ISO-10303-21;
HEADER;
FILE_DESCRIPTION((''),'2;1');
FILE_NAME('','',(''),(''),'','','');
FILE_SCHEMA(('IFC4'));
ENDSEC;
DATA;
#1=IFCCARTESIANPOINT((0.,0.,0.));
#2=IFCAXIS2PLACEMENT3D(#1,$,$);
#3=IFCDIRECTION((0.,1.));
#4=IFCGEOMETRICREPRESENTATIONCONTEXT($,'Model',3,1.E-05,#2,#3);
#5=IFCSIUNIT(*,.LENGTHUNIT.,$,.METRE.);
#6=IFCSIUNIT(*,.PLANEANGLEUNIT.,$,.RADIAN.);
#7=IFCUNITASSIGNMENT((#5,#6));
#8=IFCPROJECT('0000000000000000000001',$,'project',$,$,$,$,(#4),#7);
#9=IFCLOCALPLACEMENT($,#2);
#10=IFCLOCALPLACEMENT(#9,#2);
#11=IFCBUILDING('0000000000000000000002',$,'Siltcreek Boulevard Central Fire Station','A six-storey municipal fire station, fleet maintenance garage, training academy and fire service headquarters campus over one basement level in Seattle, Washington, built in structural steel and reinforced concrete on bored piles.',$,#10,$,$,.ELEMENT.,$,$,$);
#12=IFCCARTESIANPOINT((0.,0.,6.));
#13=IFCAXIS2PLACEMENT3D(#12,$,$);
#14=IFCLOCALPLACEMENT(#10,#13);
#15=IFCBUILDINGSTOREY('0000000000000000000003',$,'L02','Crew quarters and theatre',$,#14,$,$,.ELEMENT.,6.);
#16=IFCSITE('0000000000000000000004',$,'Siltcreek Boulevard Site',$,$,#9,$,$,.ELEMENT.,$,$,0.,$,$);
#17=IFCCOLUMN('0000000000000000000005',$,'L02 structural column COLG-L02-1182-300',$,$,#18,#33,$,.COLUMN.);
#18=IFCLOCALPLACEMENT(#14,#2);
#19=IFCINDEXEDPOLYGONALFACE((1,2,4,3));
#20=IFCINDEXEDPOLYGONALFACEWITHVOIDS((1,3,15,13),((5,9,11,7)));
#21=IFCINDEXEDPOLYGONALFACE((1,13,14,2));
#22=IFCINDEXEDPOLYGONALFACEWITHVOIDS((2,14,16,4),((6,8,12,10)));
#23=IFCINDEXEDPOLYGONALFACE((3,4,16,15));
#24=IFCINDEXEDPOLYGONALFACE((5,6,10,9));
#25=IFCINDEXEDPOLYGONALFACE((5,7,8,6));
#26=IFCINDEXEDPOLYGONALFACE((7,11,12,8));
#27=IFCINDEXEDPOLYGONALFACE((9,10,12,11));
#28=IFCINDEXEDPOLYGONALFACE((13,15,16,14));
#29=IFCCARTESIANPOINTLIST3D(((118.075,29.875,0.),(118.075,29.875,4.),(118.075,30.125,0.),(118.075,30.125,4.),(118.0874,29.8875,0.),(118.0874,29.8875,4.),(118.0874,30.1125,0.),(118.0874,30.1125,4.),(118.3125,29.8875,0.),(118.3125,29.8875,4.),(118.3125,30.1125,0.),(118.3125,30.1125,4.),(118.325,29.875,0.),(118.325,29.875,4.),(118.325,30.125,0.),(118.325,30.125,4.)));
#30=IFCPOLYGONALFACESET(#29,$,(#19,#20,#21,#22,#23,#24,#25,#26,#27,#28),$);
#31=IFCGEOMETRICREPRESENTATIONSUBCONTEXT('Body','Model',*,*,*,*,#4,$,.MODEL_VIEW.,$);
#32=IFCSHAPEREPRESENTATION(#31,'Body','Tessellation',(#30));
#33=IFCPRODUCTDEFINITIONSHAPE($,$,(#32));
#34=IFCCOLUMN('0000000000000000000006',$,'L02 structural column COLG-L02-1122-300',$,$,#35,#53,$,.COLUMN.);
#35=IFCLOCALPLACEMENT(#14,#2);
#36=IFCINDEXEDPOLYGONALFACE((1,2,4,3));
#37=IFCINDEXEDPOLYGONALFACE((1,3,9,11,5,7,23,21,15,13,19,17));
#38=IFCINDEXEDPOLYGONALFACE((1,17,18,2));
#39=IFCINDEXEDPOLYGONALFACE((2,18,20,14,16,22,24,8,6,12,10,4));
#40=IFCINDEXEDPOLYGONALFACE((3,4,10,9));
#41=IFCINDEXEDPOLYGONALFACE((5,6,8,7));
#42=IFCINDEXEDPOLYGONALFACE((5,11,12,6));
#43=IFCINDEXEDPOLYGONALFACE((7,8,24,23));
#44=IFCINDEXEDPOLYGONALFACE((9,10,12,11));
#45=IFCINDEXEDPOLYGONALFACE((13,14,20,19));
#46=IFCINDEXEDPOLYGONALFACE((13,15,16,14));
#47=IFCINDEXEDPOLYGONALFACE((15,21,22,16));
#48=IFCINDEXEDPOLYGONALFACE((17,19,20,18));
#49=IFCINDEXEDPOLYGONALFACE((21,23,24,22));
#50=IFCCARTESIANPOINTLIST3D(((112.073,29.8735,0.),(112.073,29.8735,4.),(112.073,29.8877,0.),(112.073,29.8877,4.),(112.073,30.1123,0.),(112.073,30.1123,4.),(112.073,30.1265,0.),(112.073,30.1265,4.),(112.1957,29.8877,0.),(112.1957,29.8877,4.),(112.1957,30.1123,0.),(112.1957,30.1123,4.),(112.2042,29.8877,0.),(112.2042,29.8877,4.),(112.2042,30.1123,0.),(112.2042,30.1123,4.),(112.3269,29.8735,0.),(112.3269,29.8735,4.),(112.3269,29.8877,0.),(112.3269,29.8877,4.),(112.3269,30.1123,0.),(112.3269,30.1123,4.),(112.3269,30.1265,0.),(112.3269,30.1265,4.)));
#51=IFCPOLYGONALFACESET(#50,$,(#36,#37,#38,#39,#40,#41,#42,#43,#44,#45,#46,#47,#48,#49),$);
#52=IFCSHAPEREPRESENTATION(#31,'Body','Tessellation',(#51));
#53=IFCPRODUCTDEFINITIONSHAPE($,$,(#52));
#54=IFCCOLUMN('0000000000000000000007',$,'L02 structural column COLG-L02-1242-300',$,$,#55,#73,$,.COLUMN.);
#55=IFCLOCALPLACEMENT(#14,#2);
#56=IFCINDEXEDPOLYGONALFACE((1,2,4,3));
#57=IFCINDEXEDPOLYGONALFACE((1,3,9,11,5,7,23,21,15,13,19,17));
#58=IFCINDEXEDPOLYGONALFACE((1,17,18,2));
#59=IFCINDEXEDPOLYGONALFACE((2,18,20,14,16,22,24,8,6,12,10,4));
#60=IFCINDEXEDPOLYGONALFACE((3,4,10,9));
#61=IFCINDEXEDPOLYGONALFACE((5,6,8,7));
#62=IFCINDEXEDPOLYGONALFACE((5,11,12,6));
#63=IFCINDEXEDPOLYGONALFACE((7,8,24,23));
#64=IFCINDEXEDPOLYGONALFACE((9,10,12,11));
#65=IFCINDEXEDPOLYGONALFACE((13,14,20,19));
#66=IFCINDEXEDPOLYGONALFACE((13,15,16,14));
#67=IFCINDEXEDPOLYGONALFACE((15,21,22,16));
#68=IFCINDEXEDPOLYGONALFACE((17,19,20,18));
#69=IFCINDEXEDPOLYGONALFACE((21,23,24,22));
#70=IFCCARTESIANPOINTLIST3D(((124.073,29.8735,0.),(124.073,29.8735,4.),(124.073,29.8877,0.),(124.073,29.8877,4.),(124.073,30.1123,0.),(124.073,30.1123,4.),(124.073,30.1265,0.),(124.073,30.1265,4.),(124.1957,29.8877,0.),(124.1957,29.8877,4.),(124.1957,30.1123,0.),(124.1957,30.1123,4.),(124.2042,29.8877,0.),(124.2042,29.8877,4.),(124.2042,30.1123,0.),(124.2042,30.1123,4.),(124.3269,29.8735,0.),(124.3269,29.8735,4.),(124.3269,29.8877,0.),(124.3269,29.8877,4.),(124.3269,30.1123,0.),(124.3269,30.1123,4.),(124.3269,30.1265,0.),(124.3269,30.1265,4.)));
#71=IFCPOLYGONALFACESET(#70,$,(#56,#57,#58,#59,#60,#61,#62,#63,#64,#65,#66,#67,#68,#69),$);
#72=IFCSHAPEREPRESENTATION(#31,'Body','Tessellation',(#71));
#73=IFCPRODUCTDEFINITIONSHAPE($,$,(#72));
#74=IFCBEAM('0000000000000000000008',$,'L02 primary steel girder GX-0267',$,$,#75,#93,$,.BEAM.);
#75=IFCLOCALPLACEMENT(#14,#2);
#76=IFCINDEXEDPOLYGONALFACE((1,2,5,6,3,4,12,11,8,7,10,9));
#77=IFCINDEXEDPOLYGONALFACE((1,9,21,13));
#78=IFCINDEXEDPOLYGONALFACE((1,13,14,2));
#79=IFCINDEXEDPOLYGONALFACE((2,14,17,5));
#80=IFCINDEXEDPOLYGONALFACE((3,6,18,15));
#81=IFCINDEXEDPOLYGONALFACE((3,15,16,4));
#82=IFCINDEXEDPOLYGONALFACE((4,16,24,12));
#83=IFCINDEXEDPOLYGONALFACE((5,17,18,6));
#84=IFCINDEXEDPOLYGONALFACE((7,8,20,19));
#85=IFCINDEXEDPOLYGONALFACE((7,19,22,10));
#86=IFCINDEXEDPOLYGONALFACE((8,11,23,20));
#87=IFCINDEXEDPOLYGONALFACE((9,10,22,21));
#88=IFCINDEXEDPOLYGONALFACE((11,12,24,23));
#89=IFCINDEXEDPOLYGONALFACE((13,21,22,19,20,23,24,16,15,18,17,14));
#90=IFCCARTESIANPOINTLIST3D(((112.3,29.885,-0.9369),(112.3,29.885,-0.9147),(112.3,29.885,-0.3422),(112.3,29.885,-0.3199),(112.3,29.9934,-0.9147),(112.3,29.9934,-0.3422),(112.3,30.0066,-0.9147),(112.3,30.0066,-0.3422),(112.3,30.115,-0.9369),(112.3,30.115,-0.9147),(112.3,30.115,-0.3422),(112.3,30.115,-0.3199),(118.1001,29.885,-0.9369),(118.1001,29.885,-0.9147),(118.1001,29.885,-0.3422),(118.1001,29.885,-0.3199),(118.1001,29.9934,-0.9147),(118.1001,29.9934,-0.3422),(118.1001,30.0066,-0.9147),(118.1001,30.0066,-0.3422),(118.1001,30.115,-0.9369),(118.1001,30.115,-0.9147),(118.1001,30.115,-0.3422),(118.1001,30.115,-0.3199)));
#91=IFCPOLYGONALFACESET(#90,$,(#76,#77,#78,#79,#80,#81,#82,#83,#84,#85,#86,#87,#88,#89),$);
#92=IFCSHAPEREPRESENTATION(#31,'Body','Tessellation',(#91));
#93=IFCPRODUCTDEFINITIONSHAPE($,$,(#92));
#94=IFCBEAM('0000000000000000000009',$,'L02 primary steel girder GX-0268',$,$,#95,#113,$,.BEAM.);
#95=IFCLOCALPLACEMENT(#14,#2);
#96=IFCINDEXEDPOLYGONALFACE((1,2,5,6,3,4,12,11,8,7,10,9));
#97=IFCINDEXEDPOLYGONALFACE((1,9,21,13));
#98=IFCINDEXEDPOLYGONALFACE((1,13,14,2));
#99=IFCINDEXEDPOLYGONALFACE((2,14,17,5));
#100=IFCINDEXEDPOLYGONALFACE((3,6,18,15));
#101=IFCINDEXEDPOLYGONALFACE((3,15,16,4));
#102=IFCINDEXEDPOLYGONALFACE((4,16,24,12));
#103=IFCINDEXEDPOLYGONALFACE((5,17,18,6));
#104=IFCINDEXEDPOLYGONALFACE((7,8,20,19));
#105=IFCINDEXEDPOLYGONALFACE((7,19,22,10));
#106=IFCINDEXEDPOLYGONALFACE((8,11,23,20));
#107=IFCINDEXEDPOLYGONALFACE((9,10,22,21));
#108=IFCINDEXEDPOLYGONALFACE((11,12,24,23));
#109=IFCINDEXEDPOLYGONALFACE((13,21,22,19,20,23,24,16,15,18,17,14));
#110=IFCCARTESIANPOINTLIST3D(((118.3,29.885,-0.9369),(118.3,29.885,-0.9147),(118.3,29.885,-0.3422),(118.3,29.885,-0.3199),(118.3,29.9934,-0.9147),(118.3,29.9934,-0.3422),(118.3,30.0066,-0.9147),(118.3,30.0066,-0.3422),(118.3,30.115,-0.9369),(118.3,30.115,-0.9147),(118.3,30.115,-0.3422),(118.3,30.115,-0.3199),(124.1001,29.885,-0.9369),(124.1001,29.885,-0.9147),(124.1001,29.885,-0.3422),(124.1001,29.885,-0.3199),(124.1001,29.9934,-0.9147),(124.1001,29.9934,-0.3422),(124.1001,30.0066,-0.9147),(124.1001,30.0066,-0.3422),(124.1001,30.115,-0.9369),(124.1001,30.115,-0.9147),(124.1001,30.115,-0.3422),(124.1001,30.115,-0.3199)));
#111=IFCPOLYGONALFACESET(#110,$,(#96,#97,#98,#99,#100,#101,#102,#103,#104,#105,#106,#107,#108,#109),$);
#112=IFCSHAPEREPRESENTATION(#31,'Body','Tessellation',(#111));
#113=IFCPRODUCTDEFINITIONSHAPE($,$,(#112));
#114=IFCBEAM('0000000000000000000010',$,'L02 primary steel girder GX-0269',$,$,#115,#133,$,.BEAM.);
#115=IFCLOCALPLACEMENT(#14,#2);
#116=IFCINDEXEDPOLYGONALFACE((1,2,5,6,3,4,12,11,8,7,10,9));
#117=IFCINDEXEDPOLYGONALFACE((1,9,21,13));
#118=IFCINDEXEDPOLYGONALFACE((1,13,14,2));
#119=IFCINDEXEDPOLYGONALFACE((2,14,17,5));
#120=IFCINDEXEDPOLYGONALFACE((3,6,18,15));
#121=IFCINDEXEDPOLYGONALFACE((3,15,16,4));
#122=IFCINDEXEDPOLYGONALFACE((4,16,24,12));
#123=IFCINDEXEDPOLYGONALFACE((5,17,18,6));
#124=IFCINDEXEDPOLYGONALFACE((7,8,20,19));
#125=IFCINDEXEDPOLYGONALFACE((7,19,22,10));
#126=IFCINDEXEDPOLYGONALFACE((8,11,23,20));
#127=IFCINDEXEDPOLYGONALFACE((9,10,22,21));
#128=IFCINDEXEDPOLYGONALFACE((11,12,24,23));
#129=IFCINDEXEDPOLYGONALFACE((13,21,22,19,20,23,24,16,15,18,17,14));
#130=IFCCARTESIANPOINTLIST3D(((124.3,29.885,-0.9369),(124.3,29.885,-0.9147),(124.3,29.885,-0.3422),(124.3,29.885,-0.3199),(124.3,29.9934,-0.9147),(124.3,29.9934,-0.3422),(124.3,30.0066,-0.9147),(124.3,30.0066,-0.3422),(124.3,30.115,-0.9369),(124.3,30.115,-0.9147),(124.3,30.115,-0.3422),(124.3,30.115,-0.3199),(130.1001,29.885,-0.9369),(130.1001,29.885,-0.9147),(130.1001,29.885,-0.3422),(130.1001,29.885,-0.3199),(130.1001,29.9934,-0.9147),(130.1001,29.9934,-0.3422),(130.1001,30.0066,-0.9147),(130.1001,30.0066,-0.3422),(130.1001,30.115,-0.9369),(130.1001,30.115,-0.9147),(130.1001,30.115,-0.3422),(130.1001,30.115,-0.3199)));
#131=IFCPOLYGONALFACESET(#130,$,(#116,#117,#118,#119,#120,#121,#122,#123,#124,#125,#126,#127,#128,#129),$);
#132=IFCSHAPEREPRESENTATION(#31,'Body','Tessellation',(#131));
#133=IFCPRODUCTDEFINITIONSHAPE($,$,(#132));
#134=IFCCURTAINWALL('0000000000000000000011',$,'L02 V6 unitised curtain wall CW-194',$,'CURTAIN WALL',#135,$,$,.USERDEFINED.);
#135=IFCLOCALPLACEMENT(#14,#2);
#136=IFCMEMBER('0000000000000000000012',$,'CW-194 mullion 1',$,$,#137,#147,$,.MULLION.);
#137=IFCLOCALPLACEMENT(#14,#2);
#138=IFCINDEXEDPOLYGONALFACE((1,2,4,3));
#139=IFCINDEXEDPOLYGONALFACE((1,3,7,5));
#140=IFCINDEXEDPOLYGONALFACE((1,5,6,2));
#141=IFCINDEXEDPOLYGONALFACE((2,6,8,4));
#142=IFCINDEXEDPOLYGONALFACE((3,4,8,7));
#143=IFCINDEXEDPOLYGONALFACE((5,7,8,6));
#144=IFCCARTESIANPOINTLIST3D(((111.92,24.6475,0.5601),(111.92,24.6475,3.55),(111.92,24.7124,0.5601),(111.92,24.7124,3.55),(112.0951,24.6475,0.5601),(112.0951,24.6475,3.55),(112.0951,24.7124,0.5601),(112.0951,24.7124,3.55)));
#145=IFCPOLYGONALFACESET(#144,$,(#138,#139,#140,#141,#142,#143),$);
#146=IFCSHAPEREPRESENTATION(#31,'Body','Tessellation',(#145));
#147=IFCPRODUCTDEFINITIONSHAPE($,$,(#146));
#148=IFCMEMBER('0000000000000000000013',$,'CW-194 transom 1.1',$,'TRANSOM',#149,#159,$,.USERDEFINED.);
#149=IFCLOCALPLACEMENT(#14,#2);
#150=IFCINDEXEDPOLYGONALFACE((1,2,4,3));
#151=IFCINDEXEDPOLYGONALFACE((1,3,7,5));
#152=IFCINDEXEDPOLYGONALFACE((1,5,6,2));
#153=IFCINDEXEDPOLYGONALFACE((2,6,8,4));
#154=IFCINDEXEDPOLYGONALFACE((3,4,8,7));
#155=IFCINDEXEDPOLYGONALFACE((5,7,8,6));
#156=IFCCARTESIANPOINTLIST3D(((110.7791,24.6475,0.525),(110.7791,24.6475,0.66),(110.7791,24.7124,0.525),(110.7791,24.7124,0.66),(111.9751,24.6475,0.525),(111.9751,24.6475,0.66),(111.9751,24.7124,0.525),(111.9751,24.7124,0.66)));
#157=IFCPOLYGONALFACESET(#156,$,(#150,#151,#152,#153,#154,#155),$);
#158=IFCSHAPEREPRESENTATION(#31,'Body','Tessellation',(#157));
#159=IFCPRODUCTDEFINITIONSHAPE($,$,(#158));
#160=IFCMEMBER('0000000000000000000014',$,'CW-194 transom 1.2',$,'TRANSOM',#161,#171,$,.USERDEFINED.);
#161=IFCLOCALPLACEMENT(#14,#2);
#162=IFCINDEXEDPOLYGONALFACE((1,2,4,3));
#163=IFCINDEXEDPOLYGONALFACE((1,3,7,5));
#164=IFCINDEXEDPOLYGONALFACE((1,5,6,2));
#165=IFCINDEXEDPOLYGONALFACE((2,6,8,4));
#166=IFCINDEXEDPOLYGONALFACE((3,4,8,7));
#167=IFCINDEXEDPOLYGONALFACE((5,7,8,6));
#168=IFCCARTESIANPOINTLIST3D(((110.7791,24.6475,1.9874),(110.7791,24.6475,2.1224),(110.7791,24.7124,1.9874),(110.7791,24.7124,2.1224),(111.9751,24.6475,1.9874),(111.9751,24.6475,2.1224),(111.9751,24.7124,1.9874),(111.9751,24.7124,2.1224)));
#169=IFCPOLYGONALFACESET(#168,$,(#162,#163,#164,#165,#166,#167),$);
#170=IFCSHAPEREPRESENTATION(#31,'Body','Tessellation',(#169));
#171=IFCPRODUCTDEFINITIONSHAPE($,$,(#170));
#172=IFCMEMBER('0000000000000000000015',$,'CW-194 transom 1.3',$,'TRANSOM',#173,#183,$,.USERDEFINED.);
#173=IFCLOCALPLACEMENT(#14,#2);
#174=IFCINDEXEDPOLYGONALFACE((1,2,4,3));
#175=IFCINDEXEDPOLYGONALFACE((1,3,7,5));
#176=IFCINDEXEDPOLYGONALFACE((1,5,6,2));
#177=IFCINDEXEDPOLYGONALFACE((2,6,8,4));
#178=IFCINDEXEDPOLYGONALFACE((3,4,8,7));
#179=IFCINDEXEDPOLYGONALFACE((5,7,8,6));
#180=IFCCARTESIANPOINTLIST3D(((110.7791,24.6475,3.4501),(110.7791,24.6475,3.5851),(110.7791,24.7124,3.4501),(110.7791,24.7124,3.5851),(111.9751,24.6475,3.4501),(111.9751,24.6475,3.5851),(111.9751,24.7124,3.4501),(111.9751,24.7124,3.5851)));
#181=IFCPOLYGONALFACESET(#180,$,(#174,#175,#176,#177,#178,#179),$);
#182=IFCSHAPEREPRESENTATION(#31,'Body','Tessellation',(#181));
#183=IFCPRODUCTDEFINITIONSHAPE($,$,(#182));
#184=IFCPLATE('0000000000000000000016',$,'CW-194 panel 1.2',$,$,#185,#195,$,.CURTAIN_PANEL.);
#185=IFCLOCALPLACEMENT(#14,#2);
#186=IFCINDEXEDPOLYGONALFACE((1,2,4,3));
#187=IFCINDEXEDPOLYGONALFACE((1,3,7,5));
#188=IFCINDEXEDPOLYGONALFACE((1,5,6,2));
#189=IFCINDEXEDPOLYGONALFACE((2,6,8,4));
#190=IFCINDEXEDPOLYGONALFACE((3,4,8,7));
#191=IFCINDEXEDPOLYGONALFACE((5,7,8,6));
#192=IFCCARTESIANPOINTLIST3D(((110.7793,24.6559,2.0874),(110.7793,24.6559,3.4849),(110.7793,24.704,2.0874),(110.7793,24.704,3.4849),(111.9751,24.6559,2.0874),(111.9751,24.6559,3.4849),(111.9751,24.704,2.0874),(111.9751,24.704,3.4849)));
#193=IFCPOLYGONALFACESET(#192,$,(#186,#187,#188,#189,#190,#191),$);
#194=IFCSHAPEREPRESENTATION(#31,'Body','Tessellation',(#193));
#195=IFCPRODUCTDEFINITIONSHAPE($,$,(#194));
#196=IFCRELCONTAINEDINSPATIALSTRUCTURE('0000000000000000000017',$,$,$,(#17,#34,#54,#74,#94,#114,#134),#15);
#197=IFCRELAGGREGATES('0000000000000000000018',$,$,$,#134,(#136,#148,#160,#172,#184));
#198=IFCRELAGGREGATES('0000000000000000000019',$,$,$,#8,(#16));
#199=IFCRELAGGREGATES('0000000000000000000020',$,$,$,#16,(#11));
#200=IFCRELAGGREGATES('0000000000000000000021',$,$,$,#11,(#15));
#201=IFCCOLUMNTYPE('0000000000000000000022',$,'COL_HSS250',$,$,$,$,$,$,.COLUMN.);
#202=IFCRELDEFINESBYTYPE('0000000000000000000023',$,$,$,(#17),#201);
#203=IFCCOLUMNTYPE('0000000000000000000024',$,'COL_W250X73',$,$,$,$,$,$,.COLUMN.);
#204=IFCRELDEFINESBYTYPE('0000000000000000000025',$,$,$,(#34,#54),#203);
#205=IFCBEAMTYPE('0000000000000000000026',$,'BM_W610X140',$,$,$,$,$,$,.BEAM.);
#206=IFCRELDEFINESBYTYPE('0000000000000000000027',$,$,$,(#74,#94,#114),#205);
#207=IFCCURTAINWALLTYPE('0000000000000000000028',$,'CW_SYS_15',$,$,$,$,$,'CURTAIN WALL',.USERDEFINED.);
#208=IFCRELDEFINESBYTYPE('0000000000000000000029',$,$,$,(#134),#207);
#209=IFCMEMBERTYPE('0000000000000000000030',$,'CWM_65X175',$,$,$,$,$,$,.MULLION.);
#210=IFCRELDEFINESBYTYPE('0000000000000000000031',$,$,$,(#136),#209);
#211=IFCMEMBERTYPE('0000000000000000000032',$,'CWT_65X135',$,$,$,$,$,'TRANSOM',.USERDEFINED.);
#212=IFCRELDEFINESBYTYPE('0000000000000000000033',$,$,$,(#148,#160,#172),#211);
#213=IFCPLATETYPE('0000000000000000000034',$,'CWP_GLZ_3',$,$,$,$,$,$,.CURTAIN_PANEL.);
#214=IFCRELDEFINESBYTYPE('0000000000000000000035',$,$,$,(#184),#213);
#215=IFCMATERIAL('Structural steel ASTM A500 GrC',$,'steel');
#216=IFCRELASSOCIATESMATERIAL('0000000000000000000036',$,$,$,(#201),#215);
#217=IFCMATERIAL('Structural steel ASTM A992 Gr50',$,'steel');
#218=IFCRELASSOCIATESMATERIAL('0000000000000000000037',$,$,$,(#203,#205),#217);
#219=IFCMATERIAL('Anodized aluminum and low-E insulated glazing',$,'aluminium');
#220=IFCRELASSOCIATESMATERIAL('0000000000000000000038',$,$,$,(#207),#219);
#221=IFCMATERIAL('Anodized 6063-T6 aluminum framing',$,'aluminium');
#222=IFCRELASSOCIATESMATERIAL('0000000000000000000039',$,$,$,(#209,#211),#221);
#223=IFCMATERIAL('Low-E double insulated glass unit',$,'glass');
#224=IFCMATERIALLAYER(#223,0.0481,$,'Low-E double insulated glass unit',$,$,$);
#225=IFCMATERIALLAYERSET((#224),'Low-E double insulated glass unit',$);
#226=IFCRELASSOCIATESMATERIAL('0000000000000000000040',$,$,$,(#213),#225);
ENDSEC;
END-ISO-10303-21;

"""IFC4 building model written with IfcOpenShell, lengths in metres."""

from ifc_helpers import new_model, si_unit, direction, frame, origin, origin_2d, place, context, subcontext, project, spatial, rectangle, hollow_rectangle, i_section, extrude, material, layer, layer_set, material_profile, profile_set, type_object, element, aggregate, save


model = new_model("IFC4")

# Units and contexts
model_context = context("Model", 3, precision=1e-05, world=origin(), true_north=direction((0.0, 1.0)))
body_context = subcontext(model_context, "Body", "Model", "MODEL_VIEW")
ifc_project = project(units=[si_unit("LENGTHUNIT", "METRE"), si_unit("PLANEANGLEUNIT", "RADIAN")], contexts=[model_context])

# Site, building, storey
site_placement = place(None, origin())
site = spatial("IfcSite", under=ifc_project, at=site_placement, Name="Siltcreek Boulevard Site", CompositionType="ELEMENT", RefElevation=0.0)
building_placement = place(site_placement, origin())
building = spatial("IfcBuilding", under=site, at=building_placement, Name="Siltcreek Boulevard Central Fire Station", Description="A six-storey municipal fire station, fleet maintenance garage, training academy and fire service headquarters campus over one basement level in Seattle, Washington, built in structural steel and reinforced concrete on bored piles.", CompositionType="ELEMENT")
storey_placement = place(building_placement, frame((0.0, 0.0, 6.0)))
storey = spatial("IfcBuildingStorey", under=building, at=storey_placement, Name="L02", Description="Crew quarters and theatre", CompositionType="ELEMENT", Elevation=6.0)

# Columns
ifc_material_1 = material(Name="Structural steel ASTM A500 GrC", Category="steel")
ifc_material_profile_1 = material_profile(ifc_material_1, hollow_rectangle(XDim=0.25, YDim=0.25, WallThickness=0.0125, at=origin_2d()), Name="HSS250X250X12.5")
ifc_profile_set_1 = profile_set([ifc_material_profile_1], Name="Structural steel ASTM A500 GrC")
column_type_1 = type_object("IfcColumnType", Name="COL_HSS250", PredefinedType="COLUMN", material=ifc_profile_set_1)
column_placement = place(storey_placement, frame((118.2, 30.0, 0.0), z_axis=(0.0, 0.0, 1.0), x_axis=(1.0, 0.0, 0.0)))
element("IfcColumn", 1, at=column_placement, inside=storey, type_object=column_type_1, Name="L02 structural column COLG-L02-1182-300", PredefinedType="COLUMN", context=body_context, shape_type="SweptSolid", body=[
    extrude(hollow_rectangle(XDim=0.25, YDim=0.25, WallThickness=0.0125, at=origin_2d()), origin(), (0.0, 0.0, 1.0), 4.0),
])
ifc_material_2 = material(Name="Structural steel ASTM A992 Gr50", Category="steel")
ifc_material_profile_2 = material_profile(ifc_material_2, i_section(OverallWidth=0.2539, OverallDepth=0.2529, WebThickness=0.0085, FlangeThickness=0.0142, at=origin_2d()), Name="W250X73")
ifc_profile_set_2 = profile_set([ifc_material_profile_2], Name="Structural steel ASTM A992 Gr50")
column_type_2 = type_object("IfcColumnType", Name="COL_W250X73", PredefinedType="COLUMN", material=ifc_profile_set_2)
for number, where, z_axis, x_axis, name in (
    (2, (112.2, 30.0, 0.0), (0.0, 0.0, 1.0), (1.0, 0.0, 0.0), "L02 structural column COLG-L02-1122-300"),
    (3, (124.2, 30.0, 0.0), (0.0, 0.0, 1.0), (1.0, 0.0, 0.0), "L02 structural column COLG-L02-1242-300"),
):
    element("IfcColumn", number, at=place(storey_placement, frame(where, z_axis=z_axis, x_axis=x_axis)), inside=storey, type_object=column_type_2, Name=name, PredefinedType="COLUMN", context=body_context, shape_type="SweptSolid", body=[
        extrude(i_section(OverallWidth=0.2539, OverallDepth=0.2529, WebThickness=0.0085, FlangeThickness=0.0142, at=origin_2d()), origin(), (0.0, 0.0, 1.0), 4.0),
    ])

# Beams
ifc_material_profile_3 = material_profile(ifc_material_2, i_section(OverallWidth=0.23, OverallDepth=0.6169, WebThickness=0.0132, FlangeThickness=0.0222, at=origin_2d()), Name="W610X140")
ifc_profile_set_3 = profile_set([ifc_material_profile_3], Name="Structural steel ASTM A992 Gr50")
beam_type = type_object("IfcBeamType", Name="BM_W610X140", PredefinedType="BEAM", material=ifc_profile_set_3)
for number, where, z_axis, x_axis, name in (
    (4, (112.3, 30.0, -0.6284), (1.0, 0.0, 0.0), (0.0, 1.0, 0.0), "L02 primary steel girder GX-0267"),
    (5, (118.3, 30.0, -0.6284), (1.0, 0.0, 0.0), (0.0, 1.0, 0.0), "L02 primary steel girder GX-0268"),
    (6, (124.3, 30.0, -0.6284), (1.0, 0.0, 0.0), (0.0, 1.0, 0.0), "L02 primary steel girder GX-0269"),
):
    element("IfcBeam", number, at=place(storey_placement, frame(where, z_axis=z_axis, x_axis=x_axis)), inside=storey, type_object=beam_type, Name=name, PredefinedType="BEAM", context=body_context, shape_type="SweptSolid", body=[
        extrude(i_section(OverallWidth=0.23, OverallDepth=0.6169, WebThickness=0.0132, FlangeThickness=0.0222, at=origin_2d()), origin(), (0.0, 0.0, 1.0), 5.8),
    ])

# Curtain wall, members, plate
ifc_material_3 = material(Name="Anodized aluminum and low-E insulated glazing", Category="aluminium")
curtain_wall_type = type_object("IfcCurtainWallType", Name="CW_SYS_15", ElementType="CURTAIN WALL", PredefinedType="USERDEFINED", material=ifc_material_3)
curtain_wall_placement = place(storey_placement, origin())
curtain_wall = element("IfcCurtainWall", 7, at=curtain_wall_placement, inside=storey, type_object=curtain_wall_type, Name="L02 V6 unitised curtain wall CW-194", ObjectType="CURTAIN WALL", PredefinedType="USERDEFINED")
ifc_material_4 = material(Name="Anodized 6063-T6 aluminum framing", Category="aluminium")
ifc_material_profile_4 = material_profile(ifc_material_4, rectangle(XDim=0.0649, YDim=0.175, at=origin_2d()), Name="MULL65X175")
ifc_profile_set_4 = profile_set([ifc_material_profile_4], Name="Anodized 6063-T6 aluminum framing")
member_type_1 = type_object("IfcMemberType", Name="CWM_65X175", PredefinedType="MULLION", material=ifc_profile_set_4)
member_1_placement = place(storey_placement, frame((112.0076, 24.6799, 0.5601), z_axis=(0.0, 0.0, 1.0), x_axis=(0.0, -1.0, 0.0)))
member_1 = element("IfcMember", 8, at=member_1_placement, type_object=member_type_1, Name="CW-194 mullion 1", PredefinedType="MULLION", context=body_context, shape_type="SweptSolid", body=[
    extrude(rectangle(XDim=0.0649, YDim=0.175, at=origin_2d()), origin(), (0.0, 0.0, 1.0), 2.99),
])
ifc_material_profile_5 = material_profile(ifc_material_4, rectangle(XDim=0.0649, YDim=0.135, at=origin_2d()), Name="TRAN65X135")
ifc_profile_set_5 = profile_set([ifc_material_profile_5], Name="Anodized 6063-T6 aluminum framing")
member_type_2 = type_object("IfcMemberType", Name="CWT_65X135", ElementType="TRANSOM", PredefinedType="USERDEFINED", material=ifc_profile_set_5)
member_2_placement = place(storey_placement, frame((111.9751, 24.6799, 0.5925), z_axis=(-1.0, 0.0, 0.0), x_axis=(0.0, -1.0, 0.0)))
member_2 = element("IfcMember", 9, at=member_2_placement, type_object=member_type_2, Name="CW-194 transom 1.1", ObjectType="TRANSOM", PredefinedType="USERDEFINED", context=body_context, shape_type="SweptSolid", body=[
    extrude(rectangle(XDim=0.0649, YDim=0.135, at=origin_2d()), origin(), (0.0, 0.0, 1.0), 1.196),
])
member_3_placement = place(storey_placement, frame((111.9751, 24.6799, 2.0549), z_axis=(-1.0, 0.0, 0.0), x_axis=(0.0, -1.0, 0.0)))
member_3 = element("IfcMember", 10, at=member_3_placement, type_object=member_type_2, Name="CW-194 transom 1.2", ObjectType="TRANSOM", PredefinedType="USERDEFINED", context=body_context, shape_type="SweptSolid", body=[
    extrude(rectangle(XDim=0.0649, YDim=0.135, at=origin_2d()), origin(), (0.0, 0.0, 1.0), 1.196),
])
member_4_placement = place(storey_placement, frame((111.9751, 24.6799, 3.5176), z_axis=(-1.0, 0.0, 0.0), x_axis=(0.0, -1.0, 0.0)))
member_4 = element("IfcMember", 11, at=member_4_placement, type_object=member_type_2, Name="CW-194 transom 1.3", ObjectType="TRANSOM", PredefinedType="USERDEFINED", context=body_context, shape_type="SweptSolid", body=[
    extrude(rectangle(XDim=0.0649, YDim=0.135, at=origin_2d()), origin(), (0.0, 0.0, 1.0), 1.196),
])
ifc_material_5 = material(Name="Low-E double insulated glass unit", Category="glass")
ifc_layer_1 = layer(ifc_material_5, 0.0481, Name="Low-E double insulated glass unit")
ifc_layer_set_1 = layer_set([ifc_layer_1], Name="Low-E double insulated glass unit")
plate_type_1 = type_object("IfcPlateType", Name="CWP_GLZ_3", PredefinedType="CURTAIN_PANEL", material=ifc_layer_set_1)
plate_1_placement = place(storey_placement, frame((111.3772, 24.6799, 2.0874), z_axis=(0.0, 0.0, 1.0), x_axis=(-1.0, 0.0, 0.0)))
plate_1 = element("IfcPlate", 12, at=plate_1_placement, type_object=plate_type_1, Name="CW-194 panel 1.2", PredefinedType="CURTAIN_PANEL", context=body_context, shape_type="SweptSolid", body=[
    extrude(rectangle(XDim=1.1958, YDim=0.0481, at=origin_2d()), origin(), (0.0, 0.0, 1.0), 1.3975),
])
aggregate(curtain_wall, [member_1, member_2, member_3, member_4, plate_1])

save(model, "model.ifc")
